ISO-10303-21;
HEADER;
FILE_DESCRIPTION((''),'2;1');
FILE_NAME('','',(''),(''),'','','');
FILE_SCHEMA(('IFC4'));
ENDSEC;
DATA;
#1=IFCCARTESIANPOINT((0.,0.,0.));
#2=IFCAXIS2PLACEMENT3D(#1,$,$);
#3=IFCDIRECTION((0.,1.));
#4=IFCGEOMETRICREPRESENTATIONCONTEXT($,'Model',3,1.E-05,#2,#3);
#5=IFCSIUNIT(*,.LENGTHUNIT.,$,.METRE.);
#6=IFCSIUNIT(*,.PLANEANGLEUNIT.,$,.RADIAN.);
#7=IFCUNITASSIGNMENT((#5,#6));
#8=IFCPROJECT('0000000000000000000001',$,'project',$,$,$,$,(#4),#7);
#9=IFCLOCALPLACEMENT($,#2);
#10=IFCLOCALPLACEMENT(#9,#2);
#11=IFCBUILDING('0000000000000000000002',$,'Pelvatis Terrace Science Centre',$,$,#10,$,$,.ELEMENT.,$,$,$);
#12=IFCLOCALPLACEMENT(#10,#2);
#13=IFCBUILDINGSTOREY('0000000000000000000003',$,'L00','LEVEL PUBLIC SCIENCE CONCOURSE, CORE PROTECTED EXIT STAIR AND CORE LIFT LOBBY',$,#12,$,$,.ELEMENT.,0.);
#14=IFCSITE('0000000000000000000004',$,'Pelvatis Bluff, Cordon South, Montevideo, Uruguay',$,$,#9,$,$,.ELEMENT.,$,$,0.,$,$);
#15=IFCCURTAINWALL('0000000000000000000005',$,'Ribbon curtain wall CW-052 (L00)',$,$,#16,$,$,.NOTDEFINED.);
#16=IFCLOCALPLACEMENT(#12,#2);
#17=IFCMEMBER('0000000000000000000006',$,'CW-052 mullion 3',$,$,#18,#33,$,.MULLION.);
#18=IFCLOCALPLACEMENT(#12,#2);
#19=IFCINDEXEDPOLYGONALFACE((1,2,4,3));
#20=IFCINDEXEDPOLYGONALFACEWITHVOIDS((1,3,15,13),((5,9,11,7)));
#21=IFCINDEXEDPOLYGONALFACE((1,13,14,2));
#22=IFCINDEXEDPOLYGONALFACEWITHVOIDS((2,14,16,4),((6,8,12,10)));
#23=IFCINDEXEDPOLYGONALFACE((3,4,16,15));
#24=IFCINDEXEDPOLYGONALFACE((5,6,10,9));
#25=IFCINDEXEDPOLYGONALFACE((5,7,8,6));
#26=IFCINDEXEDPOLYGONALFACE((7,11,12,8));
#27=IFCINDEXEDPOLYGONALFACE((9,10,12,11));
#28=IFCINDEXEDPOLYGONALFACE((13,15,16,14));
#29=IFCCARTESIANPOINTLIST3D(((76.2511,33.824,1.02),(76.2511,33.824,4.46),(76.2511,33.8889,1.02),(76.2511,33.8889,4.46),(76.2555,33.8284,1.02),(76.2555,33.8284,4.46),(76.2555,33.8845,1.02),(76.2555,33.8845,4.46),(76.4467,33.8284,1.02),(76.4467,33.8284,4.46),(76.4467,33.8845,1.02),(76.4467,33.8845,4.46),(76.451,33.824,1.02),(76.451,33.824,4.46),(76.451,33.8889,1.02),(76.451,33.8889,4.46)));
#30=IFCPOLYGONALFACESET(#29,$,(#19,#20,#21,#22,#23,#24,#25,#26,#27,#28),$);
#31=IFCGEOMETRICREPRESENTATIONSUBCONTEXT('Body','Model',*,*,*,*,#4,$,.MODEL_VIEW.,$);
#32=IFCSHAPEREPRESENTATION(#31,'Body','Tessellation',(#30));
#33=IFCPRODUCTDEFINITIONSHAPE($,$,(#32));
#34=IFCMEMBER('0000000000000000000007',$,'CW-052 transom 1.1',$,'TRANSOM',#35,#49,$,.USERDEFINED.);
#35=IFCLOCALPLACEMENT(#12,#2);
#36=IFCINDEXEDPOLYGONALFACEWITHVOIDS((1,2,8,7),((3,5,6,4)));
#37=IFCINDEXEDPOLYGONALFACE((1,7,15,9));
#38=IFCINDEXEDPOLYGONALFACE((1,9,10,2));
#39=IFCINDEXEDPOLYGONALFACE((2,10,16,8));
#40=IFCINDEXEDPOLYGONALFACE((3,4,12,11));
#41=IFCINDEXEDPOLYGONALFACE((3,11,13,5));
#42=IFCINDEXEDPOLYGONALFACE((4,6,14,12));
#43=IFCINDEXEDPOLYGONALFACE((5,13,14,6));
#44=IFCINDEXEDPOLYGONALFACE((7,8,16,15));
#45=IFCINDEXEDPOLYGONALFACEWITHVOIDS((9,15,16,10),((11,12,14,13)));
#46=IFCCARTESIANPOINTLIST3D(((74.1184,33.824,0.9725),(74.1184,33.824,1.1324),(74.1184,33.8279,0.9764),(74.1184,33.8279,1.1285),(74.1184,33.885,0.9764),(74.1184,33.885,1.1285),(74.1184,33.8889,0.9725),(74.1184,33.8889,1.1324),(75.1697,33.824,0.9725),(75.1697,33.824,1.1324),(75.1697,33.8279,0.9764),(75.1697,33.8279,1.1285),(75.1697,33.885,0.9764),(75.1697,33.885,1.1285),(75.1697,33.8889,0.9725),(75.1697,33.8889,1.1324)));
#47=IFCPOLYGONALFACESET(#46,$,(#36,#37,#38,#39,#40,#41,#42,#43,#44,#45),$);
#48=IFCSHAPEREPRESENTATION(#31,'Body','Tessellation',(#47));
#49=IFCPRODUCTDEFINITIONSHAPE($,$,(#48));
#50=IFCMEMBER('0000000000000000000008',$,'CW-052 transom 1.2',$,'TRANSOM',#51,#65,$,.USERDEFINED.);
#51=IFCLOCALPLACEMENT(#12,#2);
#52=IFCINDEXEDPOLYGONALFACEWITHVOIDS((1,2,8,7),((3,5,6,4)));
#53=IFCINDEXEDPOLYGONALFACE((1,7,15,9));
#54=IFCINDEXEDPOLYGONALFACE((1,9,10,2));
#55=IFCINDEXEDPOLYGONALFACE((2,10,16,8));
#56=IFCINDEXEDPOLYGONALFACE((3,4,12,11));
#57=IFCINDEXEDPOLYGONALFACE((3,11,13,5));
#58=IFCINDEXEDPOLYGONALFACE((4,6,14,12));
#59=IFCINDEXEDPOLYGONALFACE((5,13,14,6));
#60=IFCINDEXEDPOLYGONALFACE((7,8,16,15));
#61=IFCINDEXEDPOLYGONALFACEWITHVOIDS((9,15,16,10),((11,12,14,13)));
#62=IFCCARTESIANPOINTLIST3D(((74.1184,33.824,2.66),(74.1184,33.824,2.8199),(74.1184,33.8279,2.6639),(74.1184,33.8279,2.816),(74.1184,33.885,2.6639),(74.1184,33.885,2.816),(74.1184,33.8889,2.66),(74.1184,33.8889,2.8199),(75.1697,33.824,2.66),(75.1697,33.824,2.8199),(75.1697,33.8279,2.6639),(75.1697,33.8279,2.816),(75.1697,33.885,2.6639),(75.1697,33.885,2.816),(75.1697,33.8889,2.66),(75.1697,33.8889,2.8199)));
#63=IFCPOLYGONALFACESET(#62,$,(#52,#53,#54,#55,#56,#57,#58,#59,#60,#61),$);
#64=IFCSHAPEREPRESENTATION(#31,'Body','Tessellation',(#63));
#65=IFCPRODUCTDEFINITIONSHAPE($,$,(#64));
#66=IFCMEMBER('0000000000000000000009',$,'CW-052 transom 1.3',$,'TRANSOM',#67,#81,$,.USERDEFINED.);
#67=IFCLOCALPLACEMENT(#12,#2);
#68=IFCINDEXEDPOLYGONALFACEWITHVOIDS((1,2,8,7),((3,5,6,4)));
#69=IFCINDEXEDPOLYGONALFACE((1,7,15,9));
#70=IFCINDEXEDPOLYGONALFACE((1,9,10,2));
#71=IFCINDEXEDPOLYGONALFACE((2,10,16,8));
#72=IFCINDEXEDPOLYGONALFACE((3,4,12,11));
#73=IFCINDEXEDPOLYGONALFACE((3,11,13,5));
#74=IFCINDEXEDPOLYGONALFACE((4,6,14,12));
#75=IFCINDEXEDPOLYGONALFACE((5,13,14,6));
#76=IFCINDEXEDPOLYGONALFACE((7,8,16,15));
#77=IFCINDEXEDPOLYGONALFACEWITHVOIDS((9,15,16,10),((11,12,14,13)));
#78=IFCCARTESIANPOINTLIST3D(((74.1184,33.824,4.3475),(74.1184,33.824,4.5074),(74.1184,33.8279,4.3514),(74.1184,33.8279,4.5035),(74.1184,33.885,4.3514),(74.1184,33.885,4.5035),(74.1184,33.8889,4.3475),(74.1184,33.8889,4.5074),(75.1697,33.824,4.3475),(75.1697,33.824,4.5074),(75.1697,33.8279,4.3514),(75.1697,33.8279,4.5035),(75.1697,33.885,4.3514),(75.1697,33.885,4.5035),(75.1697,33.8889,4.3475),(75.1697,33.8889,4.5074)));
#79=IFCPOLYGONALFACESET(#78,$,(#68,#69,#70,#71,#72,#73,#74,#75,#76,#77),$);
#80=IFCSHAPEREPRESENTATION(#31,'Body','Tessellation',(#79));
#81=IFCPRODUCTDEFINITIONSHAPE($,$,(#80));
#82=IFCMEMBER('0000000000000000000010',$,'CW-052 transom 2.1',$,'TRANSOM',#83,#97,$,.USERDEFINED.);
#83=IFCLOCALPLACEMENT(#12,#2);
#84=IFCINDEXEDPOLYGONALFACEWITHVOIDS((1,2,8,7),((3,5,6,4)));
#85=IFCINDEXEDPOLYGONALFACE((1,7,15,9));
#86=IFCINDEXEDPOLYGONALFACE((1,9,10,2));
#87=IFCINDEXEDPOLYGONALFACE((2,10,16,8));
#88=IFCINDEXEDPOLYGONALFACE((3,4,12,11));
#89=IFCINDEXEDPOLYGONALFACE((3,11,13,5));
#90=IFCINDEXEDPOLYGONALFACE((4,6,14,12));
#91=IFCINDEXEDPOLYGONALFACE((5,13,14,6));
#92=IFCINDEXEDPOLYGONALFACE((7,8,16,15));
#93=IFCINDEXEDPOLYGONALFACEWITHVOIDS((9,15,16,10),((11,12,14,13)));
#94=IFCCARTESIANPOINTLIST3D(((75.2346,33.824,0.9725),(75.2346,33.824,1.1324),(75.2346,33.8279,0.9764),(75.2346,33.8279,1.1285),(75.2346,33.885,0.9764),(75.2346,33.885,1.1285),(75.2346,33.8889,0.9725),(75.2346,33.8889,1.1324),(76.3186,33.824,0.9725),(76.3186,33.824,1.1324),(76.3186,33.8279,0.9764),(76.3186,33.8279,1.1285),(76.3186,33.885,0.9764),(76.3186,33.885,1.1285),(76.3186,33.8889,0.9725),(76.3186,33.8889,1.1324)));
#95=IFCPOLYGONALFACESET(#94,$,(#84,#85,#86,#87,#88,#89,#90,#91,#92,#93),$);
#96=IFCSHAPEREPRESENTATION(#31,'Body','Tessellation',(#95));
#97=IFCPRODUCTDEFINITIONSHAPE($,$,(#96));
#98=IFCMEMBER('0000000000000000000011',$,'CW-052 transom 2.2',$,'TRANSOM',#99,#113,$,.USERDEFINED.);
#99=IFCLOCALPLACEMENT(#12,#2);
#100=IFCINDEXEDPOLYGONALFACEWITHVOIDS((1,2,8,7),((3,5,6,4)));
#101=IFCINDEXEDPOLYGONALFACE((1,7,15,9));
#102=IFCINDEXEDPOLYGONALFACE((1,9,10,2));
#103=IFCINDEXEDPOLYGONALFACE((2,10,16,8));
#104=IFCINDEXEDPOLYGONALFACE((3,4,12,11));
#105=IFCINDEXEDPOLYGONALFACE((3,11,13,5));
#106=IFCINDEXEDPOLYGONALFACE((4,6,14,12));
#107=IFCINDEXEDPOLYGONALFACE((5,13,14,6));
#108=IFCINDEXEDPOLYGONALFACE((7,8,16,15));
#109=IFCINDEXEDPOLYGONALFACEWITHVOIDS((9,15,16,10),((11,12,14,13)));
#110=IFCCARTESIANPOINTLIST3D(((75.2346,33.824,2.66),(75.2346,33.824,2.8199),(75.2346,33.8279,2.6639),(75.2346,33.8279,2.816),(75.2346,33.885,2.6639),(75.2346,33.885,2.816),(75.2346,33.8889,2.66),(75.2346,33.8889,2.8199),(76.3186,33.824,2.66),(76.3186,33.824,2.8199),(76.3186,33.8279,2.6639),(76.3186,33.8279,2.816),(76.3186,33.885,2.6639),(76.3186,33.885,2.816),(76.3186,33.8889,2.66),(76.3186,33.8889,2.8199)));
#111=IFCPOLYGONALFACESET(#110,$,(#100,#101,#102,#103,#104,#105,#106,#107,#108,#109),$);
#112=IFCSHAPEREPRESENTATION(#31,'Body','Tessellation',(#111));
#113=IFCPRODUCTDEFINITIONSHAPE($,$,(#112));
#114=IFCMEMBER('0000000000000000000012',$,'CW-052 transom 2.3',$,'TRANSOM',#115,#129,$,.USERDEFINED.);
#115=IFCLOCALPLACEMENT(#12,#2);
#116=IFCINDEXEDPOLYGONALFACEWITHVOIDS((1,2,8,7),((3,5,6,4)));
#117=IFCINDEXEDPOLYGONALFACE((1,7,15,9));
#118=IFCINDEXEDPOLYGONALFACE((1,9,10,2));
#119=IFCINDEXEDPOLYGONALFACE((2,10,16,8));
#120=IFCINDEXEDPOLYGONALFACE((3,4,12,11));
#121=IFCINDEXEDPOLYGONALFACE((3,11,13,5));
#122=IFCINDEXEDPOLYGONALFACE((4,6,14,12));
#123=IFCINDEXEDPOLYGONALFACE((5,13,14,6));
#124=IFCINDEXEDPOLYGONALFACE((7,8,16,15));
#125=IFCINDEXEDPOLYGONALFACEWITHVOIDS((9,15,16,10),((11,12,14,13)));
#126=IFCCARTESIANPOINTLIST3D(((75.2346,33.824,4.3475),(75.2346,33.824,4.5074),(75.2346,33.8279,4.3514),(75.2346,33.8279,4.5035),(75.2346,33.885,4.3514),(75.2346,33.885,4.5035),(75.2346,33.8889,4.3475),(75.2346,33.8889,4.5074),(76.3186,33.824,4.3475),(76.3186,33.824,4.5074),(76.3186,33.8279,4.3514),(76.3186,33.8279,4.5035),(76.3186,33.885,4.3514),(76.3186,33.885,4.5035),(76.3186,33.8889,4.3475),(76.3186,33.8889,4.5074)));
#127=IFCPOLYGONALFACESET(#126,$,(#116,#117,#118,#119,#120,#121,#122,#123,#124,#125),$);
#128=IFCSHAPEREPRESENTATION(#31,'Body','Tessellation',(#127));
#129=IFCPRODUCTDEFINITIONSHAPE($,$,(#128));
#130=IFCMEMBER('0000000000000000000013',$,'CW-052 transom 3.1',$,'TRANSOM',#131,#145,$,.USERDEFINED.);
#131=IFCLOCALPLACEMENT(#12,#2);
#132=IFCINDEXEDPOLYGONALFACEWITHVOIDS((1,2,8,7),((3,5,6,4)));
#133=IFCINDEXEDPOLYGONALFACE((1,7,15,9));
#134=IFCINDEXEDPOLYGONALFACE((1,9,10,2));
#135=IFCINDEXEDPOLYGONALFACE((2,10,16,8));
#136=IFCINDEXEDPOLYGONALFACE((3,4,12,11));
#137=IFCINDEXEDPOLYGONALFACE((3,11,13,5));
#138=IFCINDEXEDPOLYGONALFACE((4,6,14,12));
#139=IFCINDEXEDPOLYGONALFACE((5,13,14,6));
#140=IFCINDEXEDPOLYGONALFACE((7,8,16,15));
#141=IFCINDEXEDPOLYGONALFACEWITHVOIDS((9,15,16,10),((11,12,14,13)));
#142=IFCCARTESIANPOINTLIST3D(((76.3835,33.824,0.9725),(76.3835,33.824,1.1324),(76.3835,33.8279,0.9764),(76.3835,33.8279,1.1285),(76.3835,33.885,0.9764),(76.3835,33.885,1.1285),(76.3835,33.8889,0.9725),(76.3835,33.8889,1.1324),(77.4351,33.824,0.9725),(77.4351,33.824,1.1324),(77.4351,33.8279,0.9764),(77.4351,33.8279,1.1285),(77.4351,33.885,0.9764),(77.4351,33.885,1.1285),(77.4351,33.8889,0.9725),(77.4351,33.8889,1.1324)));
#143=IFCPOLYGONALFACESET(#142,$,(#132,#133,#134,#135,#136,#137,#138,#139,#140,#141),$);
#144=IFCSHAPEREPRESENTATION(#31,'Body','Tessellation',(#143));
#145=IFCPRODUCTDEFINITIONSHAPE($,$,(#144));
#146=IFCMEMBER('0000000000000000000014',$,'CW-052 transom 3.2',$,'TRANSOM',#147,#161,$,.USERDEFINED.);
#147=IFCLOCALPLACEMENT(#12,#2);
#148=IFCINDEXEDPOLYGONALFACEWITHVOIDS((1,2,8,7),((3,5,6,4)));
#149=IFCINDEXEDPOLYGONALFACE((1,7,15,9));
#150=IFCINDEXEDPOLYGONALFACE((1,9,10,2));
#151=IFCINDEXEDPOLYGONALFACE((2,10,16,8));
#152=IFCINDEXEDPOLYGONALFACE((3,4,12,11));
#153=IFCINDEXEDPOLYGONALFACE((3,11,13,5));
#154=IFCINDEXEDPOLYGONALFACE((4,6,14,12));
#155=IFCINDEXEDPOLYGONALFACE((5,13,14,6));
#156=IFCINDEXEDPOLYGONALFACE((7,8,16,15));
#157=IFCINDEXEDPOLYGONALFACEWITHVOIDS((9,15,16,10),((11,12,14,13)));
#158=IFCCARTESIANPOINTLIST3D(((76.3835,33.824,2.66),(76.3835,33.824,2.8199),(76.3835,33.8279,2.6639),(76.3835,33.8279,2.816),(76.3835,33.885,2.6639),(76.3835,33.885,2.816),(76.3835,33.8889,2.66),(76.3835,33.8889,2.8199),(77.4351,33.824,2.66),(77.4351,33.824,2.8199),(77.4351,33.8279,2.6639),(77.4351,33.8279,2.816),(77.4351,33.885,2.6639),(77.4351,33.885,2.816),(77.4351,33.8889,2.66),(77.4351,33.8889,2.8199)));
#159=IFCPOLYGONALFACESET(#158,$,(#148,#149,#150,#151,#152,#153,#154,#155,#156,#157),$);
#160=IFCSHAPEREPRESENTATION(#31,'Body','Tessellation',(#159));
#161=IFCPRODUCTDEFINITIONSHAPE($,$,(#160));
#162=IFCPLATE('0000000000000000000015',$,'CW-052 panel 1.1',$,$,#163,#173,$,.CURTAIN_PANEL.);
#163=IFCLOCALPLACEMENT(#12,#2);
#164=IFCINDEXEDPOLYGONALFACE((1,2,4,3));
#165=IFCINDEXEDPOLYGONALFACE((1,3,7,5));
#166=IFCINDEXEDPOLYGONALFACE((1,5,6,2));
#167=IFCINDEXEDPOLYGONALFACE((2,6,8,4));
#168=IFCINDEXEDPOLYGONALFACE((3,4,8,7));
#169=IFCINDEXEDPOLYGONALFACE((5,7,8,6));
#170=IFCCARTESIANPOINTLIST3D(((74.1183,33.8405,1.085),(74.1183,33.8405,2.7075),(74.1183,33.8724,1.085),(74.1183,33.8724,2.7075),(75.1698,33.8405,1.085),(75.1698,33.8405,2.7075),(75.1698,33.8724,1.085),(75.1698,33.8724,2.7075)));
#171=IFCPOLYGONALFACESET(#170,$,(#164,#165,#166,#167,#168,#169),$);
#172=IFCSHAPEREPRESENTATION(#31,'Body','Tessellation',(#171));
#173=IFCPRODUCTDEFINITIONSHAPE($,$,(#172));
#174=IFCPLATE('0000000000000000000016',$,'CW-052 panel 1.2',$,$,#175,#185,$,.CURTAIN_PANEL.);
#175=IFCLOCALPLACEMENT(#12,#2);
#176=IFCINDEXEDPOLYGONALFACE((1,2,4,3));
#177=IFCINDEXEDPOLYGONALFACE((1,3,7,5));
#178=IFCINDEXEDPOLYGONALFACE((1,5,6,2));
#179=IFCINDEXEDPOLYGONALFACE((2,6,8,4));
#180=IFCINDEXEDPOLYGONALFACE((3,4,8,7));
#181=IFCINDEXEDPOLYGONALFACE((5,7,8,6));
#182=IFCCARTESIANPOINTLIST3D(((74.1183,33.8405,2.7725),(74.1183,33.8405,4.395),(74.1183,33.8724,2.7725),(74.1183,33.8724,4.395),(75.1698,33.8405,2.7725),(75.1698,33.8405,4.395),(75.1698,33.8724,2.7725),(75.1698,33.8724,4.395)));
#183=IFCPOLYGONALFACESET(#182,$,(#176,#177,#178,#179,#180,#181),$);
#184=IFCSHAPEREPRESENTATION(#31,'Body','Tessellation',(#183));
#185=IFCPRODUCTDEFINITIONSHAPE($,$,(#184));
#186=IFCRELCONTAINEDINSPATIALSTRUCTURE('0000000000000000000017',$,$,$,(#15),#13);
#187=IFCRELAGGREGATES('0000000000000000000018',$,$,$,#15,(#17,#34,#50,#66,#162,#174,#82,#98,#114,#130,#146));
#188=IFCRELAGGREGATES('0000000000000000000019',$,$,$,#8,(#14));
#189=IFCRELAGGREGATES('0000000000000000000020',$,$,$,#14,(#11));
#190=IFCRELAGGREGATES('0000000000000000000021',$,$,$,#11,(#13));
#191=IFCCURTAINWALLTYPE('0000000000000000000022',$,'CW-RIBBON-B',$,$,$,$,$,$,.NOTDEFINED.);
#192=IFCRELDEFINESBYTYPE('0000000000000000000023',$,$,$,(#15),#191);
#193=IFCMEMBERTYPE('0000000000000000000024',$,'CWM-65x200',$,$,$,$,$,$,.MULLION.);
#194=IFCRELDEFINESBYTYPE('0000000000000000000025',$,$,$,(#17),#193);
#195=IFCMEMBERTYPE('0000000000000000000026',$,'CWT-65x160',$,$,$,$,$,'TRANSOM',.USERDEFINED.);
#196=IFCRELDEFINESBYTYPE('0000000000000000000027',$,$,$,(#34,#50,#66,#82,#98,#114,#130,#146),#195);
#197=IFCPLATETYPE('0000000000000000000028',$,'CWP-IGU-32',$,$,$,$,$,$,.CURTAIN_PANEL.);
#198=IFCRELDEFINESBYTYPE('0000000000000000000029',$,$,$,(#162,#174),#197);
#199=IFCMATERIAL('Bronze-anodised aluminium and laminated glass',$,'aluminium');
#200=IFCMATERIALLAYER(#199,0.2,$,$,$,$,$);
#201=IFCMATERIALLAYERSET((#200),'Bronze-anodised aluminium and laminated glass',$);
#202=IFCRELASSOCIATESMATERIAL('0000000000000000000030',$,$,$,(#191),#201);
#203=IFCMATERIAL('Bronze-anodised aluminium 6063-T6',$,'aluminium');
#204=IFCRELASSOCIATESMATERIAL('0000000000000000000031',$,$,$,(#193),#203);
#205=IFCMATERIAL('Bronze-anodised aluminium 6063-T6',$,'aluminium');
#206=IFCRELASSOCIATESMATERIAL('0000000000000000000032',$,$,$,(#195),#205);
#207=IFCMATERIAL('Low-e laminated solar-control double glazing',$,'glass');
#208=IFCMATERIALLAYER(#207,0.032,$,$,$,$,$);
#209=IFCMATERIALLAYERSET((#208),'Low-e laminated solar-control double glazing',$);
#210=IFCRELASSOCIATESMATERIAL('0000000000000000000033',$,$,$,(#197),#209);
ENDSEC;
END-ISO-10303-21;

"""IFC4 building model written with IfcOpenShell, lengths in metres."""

from ifc_helpers import new_model, si_unit, direction, frame, origin, origin_2d, place, context, subcontext, project, spatial, rectangle, hollow_rectangle, extrude, material, layer, layer_set, material_profile, profile_set, type_object, element, aggregate, save


model = new_model("IFC4")

# Units and contexts
model_context = context("Model", 3, precision=1e-05, world=origin(), true_north=direction((0.0, 1.0)))
body_context = subcontext(model_context, "Body", "Model", "MODEL_VIEW")
ifc_project = project(units=[si_unit("LENGTHUNIT", "METRE"), si_unit("PLANEANGLEUNIT", "RADIAN")], contexts=[model_context])

# Site, building, storey
site_placement = place(None, origin())
site = spatial("IfcSite", under=ifc_project, at=site_placement, Name="Pelvatis Bluff, Cordon South, Montevideo, Uruguay", CompositionType="ELEMENT", RefElevation=0.0)
building_placement = place(site_placement, origin())
building = spatial("IfcBuilding", under=site, at=building_placement, Name="Pelvatis Terrace Science Centre", CompositionType="ELEMENT")
storey_placement = place(building_placement, origin())
storey = spatial("IfcBuildingStorey", under=building, at=storey_placement, Name="L00", Description="LEVEL PUBLIC SCIENCE CONCOURSE, CORE PROTECTED EXIT STAIR AND CORE LIFT LOBBY", CompositionType="ELEMENT", Elevation=0.0)

# Curtain wall, members, plates
ifc_material_1 = material(Name="Bronze-anodised aluminium and laminated glass", Category="aluminium")
ifc_layer_1 = layer(ifc_material_1, 0.2)
ifc_layer_set_1 = layer_set([ifc_layer_1], Name="Bronze-anodised aluminium and laminated glass")
curtain_wall_type = type_object("IfcCurtainWallType", Name="CW-RIBBON-B", PredefinedType="NOTDEFINED", material=ifc_layer_set_1)
curtain_wall_placement = place(storey_placement, origin())
curtain_wall = element("IfcCurtainWall", 1, at=curtain_wall_placement, inside=storey, type_object=curtain_wall_type, Name="Ribbon curtain wall CW-052 (L00)", PredefinedType="NOTDEFINED")
ifc_material_2 = material(Name="Bronze-anodised aluminium 6063-T6", Category="aluminium")
ifc_material_profile_1 = material_profile(ifc_material_2, hollow_rectangle(XDim=0.0649, YDim=0.2, WallThickness=0.0044, at=origin_2d()), Name="ALU-MUL 65x200")
ifc_profile_set_1 = profile_set([ifc_material_profile_1], Name="Bronze-anodised aluminium 6063-T6")
member_type_1 = type_object("IfcMemberType", Name="CWM-65x200", PredefinedType="MULLION", material=ifc_profile_set_1)
member_1_placement = place(storey_placement, frame((76.3511, 33.8564, 1.02), z_axis=(0.0, 0.0, 1.0), x_axis=(0.0, 1.0, 0.0)))
member_1 = element("IfcMember", 2, at=member_1_placement, type_object=member_type_1, Name="CW-052 mullion 3", PredefinedType="MULLION", context=body_context, shape_type="SweptSolid", body=[
    extrude(hollow_rectangle(XDim=0.0649, YDim=0.2, WallThickness=0.0044, at=origin_2d()), origin(), (0.0, 0.0, 1.0), 3.4399),
])
ifc_material_3 = material(Name="Bronze-anodised aluminium 6063-T6", Category="aluminium")
ifc_material_profile_2 = material_profile(ifc_material_3, hollow_rectangle(XDim=0.0649, YDim=0.1599, WallThickness=0.0039, at=origin_2d()), Name="ALU-TRN 65x160")
ifc_profile_set_2 = profile_set([ifc_material_profile_2], Name="Bronze-anodised aluminium 6063-T6")
member_type_2 = type_object("IfcMemberType", Name="CWT-65x160", ElementType="TRANSOM", PredefinedType="USERDEFINED", material=ifc_profile_set_2)
member_2_placement = place(storey_placement, frame((74.1184, 33.8564, 1.0525), z_axis=(1.0, 0.0, 0.0), x_axis=(0.0, 1.0, 0.0)))
member_2 = element("IfcMember", 3, at=member_2_placement, type_object=member_type_2, Name="CW-052 transom 1.1", ObjectType="TRANSOM", PredefinedType="USERDEFINED", context=body_context, shape_type="SweptSolid", body=[
    extrude(hollow_rectangle(XDim=0.0649, YDim=0.1599, WallThickness=0.0039, at=origin_2d()), origin(), (0.0, 0.0, 1.0), 1.0513),
])
member_3_placement = place(storey_placement, frame((74.1184, 33.8564, 2.74), z_axis=(1.0, 0.0, 0.0), x_axis=(0.0, 1.0, 0.0)))
member_3 = element("IfcMember", 4, at=member_3_placement, type_object=member_type_2, Name="CW-052 transom 1.2", ObjectType="TRANSOM", PredefinedType="USERDEFINED", context=body_context, shape_type="SweptSolid", body=[
    extrude(hollow_rectangle(XDim=0.0649, YDim=0.1599, WallThickness=0.0039, at=origin_2d()), origin(), (0.0, 0.0, 1.0), 1.0513),
])
member_4_placement = place(storey_placement, frame((74.1184, 33.8564, 4.4275), z_axis=(1.0, 0.0, 0.0), x_axis=(0.0, 1.0, 0.0)))
member_4 = element("IfcMember", 5, at=member_4_placement, type_object=member_type_2, Name="CW-052 transom 1.3", ObjectType="TRANSOM", PredefinedType="USERDEFINED", context=body_context, shape_type="SweptSolid", body=[
    extrude(hollow_rectangle(XDim=0.0649, YDim=0.1599, WallThickness=0.0039, at=origin_2d()), origin(), (0.0, 0.0, 1.0), 1.0513),
])
member_5_placement = place(storey_placement, frame((75.2346, 33.8564, 1.0525), z_axis=(1.0, 0.0, 0.0), x_axis=(0.0, 1.0, 0.0)))
member_5 = element("IfcMember", 6, at=member_5_placement, type_object=member_type_2, Name="CW-052 transom 2.1", ObjectType="TRANSOM", PredefinedType="USERDEFINED", context=body_context, shape_type="SweptSolid", body=[
    extrude(hollow_rectangle(XDim=0.0649, YDim=0.1599, WallThickness=0.0039, at=origin_2d()), origin(), (0.0, 0.0, 1.0), 1.084),
])
member_6_placement = place(storey_placement, frame((75.2346, 33.8564, 2.74), z_axis=(1.0, 0.0, 0.0), x_axis=(0.0, 1.0, 0.0)))
member_6 = element("IfcMember", 7, at=member_6_placement, type_object=member_type_2, Name="CW-052 transom 2.2", ObjectType="TRANSOM", PredefinedType="USERDEFINED", context=body_context, shape_type="SweptSolid", body=[
    extrude(hollow_rectangle(XDim=0.0649, YDim=0.1599, WallThickness=0.0039, at=origin_2d()), origin(), (0.0, 0.0, 1.0), 1.084),
])
member_7_placement = place(storey_placement, frame((75.2346, 33.8564, 4.4275), z_axis=(1.0, 0.0, 0.0), x_axis=(0.0, 1.0, 0.0)))
member_7 = element("IfcMember", 8, at=member_7_placement, type_object=member_type_2, Name="CW-052 transom 2.3", ObjectType="TRANSOM", PredefinedType="USERDEFINED", context=body_context, shape_type="SweptSolid", body=[
    extrude(hollow_rectangle(XDim=0.0649, YDim=0.1599, WallThickness=0.0039, at=origin_2d()), origin(), (0.0, 0.0, 1.0), 1.084),
])
member_8_placement = place(storey_placement, frame((76.3835, 33.8564, 1.0525), z_axis=(1.0, 0.0, 0.0), x_axis=(0.0, 1.0, 0.0)))
member_8 = element("IfcMember", 9, at=member_8_placement, type_object=member_type_2, Name="CW-052 transom 3.1", ObjectType="TRANSOM", PredefinedType="USERDEFINED", context=body_context, shape_type="SweptSolid", body=[
    extrude(hollow_rectangle(XDim=0.0649, YDim=0.1599, WallThickness=0.0039, at=origin_2d()), origin(), (0.0, 0.0, 1.0), 1.0515),
])
member_9_placement = place(storey_placement, frame((76.3835, 33.8564, 2.74), z_axis=(1.0, 0.0, 0.0), x_axis=(0.0, 1.0, 0.0)))
member_9 = element("IfcMember", 10, at=member_9_placement, type_object=member_type_2, Name="CW-052 transom 3.2", ObjectType="TRANSOM", PredefinedType="USERDEFINED", context=body_context, shape_type="SweptSolid", body=[
    extrude(hollow_rectangle(XDim=0.0649, YDim=0.1599, WallThickness=0.0039, at=origin_2d()), origin(), (0.0, 0.0, 1.0), 1.0515),
])
ifc_material_4 = material(Name="Low-e laminated solar-control double glazing", Category="glass")
ifc_layer_2 = layer(ifc_material_4, 0.032)
ifc_layer_set_2 = layer_set([ifc_layer_2], Name="Low-e laminated solar-control double glazing")
plate_type = type_object("IfcPlateType", Name="CWP-IGU-32", PredefinedType="CURTAIN_PANEL", material=ifc_layer_set_2)
plate_1_placement = place(storey_placement, frame((74.644, 33.8564, 1.085), z_axis=(0.0, 0.0, 1.0), x_axis=(1.0, 0.0, 0.0)))
plate_1 = element("IfcPlate", 11, at=plate_1_placement, type_object=plate_type, Name="CW-052 panel 1.1", PredefinedType="CURTAIN_PANEL", context=body_context, shape_type="SweptSolid", body=[
    extrude(rectangle(XDim=1.0515, YDim=0.032, at=origin_2d()), origin(), (0.0, 0.0, 1.0), 1.6226),
])
plate_2_placement = place(storey_placement, frame((74.644, 33.8564, 2.7725), z_axis=(0.0, 0.0, 1.0), x_axis=(1.0, 0.0, 0.0)))
plate_2 = element("IfcPlate", 12, at=plate_2_placement, type_object=plate_type, Name="CW-052 panel 1.2", PredefinedType="CURTAIN_PANEL", context=body_context, shape_type="SweptSolid", body=[
    extrude(rectangle(XDim=1.0515, YDim=0.032, at=origin_2d()), origin(), (0.0, 0.0, 1.0), 1.6226),
])
aggregate(curtain_wall, [member_1, member_2, member_3, member_4, plate_1, plate_2, member_5, member_6, member_7, member_8, member_9])

save(model, "model.ifc")
